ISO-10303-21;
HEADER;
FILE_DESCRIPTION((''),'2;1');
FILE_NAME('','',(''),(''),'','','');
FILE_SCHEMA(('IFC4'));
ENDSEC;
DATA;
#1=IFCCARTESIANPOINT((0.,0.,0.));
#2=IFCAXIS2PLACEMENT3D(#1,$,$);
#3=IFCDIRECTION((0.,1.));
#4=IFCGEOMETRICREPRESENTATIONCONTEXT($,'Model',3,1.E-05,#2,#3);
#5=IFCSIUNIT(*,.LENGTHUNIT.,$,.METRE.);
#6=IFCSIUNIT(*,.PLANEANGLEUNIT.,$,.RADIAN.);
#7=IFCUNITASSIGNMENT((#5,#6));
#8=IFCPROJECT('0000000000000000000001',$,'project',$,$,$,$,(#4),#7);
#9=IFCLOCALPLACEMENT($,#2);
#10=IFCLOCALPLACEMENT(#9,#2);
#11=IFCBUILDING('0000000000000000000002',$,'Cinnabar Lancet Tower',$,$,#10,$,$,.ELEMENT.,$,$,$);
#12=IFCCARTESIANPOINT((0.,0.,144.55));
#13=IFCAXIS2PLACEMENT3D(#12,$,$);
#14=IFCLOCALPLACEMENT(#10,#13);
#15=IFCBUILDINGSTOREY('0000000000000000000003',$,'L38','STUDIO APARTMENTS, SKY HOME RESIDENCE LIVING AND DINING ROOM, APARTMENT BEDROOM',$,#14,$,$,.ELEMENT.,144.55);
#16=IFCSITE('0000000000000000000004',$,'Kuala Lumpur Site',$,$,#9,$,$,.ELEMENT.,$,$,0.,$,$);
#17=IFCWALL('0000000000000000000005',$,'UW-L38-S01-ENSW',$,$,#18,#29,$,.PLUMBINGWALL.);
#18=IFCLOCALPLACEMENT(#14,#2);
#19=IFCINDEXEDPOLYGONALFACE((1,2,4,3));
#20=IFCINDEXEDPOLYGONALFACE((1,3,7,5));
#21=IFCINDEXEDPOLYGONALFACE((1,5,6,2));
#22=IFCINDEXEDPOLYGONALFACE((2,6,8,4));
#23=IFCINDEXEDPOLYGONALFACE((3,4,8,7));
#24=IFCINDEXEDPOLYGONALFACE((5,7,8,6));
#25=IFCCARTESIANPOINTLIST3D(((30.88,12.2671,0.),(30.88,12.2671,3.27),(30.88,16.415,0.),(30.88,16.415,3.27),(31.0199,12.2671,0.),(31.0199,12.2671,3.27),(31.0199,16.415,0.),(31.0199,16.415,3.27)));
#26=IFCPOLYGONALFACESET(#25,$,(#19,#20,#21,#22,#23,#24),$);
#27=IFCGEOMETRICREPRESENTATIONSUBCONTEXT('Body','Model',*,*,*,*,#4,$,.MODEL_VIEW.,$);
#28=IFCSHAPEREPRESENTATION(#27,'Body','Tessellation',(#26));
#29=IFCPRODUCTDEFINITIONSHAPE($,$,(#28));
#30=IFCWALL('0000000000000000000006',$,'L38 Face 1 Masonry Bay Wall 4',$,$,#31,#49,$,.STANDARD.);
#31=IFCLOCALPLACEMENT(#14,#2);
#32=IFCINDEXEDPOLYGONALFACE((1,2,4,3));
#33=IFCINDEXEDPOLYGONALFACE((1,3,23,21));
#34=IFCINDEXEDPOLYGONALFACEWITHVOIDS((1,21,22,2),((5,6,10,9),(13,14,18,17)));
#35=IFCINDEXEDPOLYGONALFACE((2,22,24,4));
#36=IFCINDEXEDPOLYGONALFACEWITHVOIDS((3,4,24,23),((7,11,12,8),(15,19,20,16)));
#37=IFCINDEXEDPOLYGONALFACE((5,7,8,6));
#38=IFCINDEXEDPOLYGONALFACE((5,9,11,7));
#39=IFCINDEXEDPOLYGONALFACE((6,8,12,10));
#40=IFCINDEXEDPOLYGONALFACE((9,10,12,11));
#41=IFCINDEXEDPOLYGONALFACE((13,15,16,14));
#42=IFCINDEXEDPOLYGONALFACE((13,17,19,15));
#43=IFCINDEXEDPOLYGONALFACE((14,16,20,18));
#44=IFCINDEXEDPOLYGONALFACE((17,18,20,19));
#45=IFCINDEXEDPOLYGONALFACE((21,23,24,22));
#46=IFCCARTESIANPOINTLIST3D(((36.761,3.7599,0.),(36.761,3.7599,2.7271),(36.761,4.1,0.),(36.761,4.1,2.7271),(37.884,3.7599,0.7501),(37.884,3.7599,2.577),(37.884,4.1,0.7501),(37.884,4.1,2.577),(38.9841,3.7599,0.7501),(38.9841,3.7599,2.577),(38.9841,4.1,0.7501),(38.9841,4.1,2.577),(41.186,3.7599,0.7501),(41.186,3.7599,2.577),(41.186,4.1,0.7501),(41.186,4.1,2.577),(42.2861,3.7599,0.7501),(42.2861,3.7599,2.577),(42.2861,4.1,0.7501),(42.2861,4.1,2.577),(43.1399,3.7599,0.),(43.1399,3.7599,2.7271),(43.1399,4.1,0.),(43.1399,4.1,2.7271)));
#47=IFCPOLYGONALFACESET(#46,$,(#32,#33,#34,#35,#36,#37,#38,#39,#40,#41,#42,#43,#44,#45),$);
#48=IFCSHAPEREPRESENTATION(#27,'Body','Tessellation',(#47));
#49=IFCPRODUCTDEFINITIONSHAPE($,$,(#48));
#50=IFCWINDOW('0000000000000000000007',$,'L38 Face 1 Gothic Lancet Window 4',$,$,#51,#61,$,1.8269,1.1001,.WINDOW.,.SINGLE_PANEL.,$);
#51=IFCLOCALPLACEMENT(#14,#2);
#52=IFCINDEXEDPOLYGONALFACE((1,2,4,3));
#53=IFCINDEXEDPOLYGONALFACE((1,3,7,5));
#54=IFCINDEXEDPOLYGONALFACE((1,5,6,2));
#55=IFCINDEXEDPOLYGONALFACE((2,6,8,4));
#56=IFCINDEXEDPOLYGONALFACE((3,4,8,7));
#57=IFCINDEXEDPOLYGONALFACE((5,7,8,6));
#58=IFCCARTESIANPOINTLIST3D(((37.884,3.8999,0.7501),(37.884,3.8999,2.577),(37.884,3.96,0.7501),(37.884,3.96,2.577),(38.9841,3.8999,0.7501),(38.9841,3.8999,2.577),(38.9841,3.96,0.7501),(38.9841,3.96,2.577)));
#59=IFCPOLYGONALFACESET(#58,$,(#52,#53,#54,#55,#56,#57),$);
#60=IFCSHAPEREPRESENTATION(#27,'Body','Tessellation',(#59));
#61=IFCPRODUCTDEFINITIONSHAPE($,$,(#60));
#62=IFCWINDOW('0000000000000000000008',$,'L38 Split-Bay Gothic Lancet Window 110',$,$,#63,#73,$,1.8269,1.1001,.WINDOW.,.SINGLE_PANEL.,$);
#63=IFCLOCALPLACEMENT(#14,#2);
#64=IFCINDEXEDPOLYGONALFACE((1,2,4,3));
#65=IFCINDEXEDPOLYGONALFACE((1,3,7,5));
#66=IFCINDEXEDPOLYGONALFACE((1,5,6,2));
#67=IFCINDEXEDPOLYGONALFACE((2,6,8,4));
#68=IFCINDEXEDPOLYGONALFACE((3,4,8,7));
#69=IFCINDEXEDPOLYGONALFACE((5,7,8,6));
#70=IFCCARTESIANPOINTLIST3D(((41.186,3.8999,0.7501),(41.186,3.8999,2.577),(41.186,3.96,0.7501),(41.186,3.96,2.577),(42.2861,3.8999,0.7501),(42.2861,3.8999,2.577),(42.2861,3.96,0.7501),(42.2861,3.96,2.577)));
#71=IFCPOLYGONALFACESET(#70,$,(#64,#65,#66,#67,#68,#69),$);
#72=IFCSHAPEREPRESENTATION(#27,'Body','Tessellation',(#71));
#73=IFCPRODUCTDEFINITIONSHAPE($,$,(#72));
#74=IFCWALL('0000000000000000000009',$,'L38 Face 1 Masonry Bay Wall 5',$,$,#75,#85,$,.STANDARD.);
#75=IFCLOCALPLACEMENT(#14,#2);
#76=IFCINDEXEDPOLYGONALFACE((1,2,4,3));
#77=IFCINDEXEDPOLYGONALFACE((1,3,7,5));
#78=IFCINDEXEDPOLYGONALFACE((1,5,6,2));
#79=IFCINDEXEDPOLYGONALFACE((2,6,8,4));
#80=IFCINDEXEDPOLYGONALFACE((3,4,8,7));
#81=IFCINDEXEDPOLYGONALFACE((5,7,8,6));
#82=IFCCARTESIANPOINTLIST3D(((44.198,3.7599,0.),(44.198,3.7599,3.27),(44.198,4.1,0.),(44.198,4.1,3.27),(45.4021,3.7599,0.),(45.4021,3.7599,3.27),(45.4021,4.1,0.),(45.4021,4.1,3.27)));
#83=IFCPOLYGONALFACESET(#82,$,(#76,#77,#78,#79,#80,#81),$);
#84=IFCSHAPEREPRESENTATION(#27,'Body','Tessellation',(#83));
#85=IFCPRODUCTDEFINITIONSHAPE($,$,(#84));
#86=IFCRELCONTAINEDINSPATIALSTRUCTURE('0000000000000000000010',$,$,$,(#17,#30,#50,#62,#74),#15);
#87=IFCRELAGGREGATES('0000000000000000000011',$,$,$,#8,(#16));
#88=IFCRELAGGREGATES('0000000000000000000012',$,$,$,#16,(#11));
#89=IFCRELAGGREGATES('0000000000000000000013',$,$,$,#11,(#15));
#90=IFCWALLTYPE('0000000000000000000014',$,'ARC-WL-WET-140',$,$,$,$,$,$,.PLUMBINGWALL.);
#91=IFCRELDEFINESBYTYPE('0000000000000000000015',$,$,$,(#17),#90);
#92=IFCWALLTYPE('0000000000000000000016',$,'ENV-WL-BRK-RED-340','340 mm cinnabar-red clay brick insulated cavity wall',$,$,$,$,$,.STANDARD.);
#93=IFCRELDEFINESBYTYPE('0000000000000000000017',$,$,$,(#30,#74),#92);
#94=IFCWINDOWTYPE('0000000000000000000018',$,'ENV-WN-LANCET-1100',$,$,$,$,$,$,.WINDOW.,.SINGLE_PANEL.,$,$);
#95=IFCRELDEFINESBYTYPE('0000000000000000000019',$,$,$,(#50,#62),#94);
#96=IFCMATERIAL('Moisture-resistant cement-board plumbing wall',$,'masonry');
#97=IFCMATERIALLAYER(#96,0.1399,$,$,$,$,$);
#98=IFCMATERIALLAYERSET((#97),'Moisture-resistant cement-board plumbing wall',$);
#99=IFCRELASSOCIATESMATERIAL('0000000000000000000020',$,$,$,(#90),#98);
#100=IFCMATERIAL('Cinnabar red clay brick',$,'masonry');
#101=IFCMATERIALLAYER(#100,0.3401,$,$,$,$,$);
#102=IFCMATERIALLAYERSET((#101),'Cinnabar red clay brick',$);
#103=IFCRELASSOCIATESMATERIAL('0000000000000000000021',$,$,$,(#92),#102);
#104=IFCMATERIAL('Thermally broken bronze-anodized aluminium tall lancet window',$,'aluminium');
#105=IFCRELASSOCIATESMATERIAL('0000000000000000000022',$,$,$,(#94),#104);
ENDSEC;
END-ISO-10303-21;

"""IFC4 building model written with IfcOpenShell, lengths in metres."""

from ifc_helpers import new_model, si_unit, direction, frame, frame_2d, origin, place, context, subcontext, project, spatial, rectangle, extrude, material, layer, layer_set, type_object, element, fill, save


model = new_model("IFC4")

# Units and contexts
model_context = context("Model", 3, precision=1e-05, world=origin(), true_north=direction((0.0, 1.0)))
body_context = subcontext(model_context, "Body", "Model", "MODEL_VIEW")
ifc_project = project(units=[si_unit("LENGTHUNIT", "METRE"), si_unit("PLANEANGLEUNIT", "RADIAN")], contexts=[model_context])

# Site, building, storey
site_placement = place(None, origin())
site = spatial("IfcSite", under=ifc_project, at=site_placement, Name="Kuala Lumpur Site", CompositionType="ELEMENT", RefElevation=0.0)
building_placement = place(site_placement, origin())
building = spatial("IfcBuilding", under=site, at=building_placement, Name="Cinnabar Lancet Tower", CompositionType="ELEMENT")
storey_placement = place(building_placement, frame((0.0, 0.0, 144.55)))
storey = spatial("IfcBuildingStorey", under=building, at=storey_placement, Name="L38", Description="STUDIO APARTMENTS, SKY HOME RESIDENCE LIVING AND DINING ROOM, APARTMENT BEDROOM", CompositionType="ELEMENT", Elevation=144.55)

# Shared definitions
ifc_material_1 = material(Name="Moisture-resistant cement-board plumbing wall", Category="masonry")
ifc_layer_1 = layer(ifc_material_1, 0.1399)
ifc_layer_set_1 = layer_set([ifc_layer_1], Name="Moisture-resistant cement-board plumbing wall")
wall_type_1 = type_object("IfcWallType", Name="ARC-WL-WET-140", PredefinedType="PLUMBINGWALL", material=ifc_layer_set_1)

# Wall
wall_1_placement = place(storey_placement, frame((30.95, 12.2671, 0.0), z_axis=(0.0, 0.0, 1.0), x_axis=(0.0, 1.0, 0.0)))
element("IfcWall", 1, at=wall_1_placement, inside=storey, type_object=wall_type_1, Name="UW-L38-S01-ENSW", PredefinedType="PLUMBINGWALL", context=body_context, shape_type="SweptSolid", body=[
    extrude(rectangle(XDim=4.1479, YDim=0.1399, at=frame_2d((2.074, 0.0))), origin(), (0.0, 0.0, 1.0), 3.27),
])

# Wall, openings, windows
ifc_material_2 = material(Name="Cinnabar red clay brick", Category="masonry")
ifc_layer_2 = layer(ifc_material_2, 0.3401)
ifc_layer_set_2 = layer_set([ifc_layer_2], Name="Cinnabar red clay brick")
wall_type_2 = type_object("IfcWallType", Name="ENV-WL-BRK-RED-340", Description="340 mm cinnabar-red clay brick insulated cavity wall", PredefinedType="STANDARD", material=ifc_layer_set_2)
wall_2_placement = place(storey_placement, frame((36.761, 3.9299, 0.0), z_axis=(0.0, 0.0, 1.0), x_axis=(1.0, 0.0, 0.0)))
wall_2 = element("IfcWall", 2, at=wall_2_placement, inside=storey, type_object=wall_type_2, Name="L38 Face 1 Masonry Bay Wall 4", PredefinedType="STANDARD", context=body_context, shape_type="SweptSolid", body=[
    extrude(rectangle(XDim=6.3789, YDim=0.3401, at=frame_2d((3.1895, 0.0))), origin(), (0.0, 0.0, 1.0), 2.7271),
])
opening_1_placement = place(wall_2_placement, frame((1.123, 0.0, 0.75)))
opening_1 = element("IfcOpeningElement", 3, at=opening_1_placement, cuts=wall_2, PredefinedType="OPENING", context=body_context, shape_type="SweptSolid", body=[
    extrude(rectangle(XDim=1.1001, YDim=1.8269, at=frame_2d((0.55, 0.9136))), frame((0.0, 0.1799, 0.0), z_axis=(0.0, -1.0, 0.0), x_axis=(1.0, 0.0, 0.0)), (0.0, 0.0, 1.0), 0.3601),
])
opening_2_placement = place(wall_2_placement, frame((4.425, 0.0, 0.75)))
opening_2 = element("IfcOpeningElement", 4, at=opening_2_placement, cuts=wall_2, PredefinedType="OPENING", context=body_context, shape_type="SweptSolid", body=[
    extrude(rectangle(XDim=1.1001, YDim=1.8269, at=frame_2d((0.55, 0.9136))), frame((0.0, 0.1799, 0.0), z_axis=(0.0, -1.0, 0.0), x_axis=(1.0, 0.0, 0.0)), (0.0, 0.0, 1.0), 0.3601),
])
ifc_material_3 = material(Name="Thermally broken bronze-anodized aluminium tall lancet window", Category="aluminium")
window_type = type_object("IfcWindowType", Name="ENV-WN-LANCET-1100", PartitioningType="SINGLE_PANEL", PredefinedType="WINDOW", material=ifc_material_3)
window_1_placement = place(opening_1_placement, origin())
window_1 = element("IfcWindow", 5, at=window_1_placement, inside=storey, type_object=window_type, Name="L38 Face 1 Gothic Lancet Window 4", OverallHeight=1.8269, OverallWidth=1.1001, PartitioningType="SINGLE_PANEL", PredefinedType="WINDOW", context=body_context, shape_type="SweptSolid", body=[
    extrude(rectangle(XDim=1.1001, YDim=1.8269, at=frame_2d((0.55, 0.9136))), frame((0.0, 0.03, 0.0), z_axis=(0.0, -1.0, 0.0), x_axis=(1.0, 0.0, 0.0)), (0.0, 0.0, 1.0), 0.0601),
])
fill(opening_1, window_1)
window_2_placement = place(opening_2_placement, origin())
window_2 = element("IfcWindow", 6, at=window_2_placement, inside=storey, type_object=window_type, Name="L38 Split-Bay Gothic Lancet Window 110", OverallHeight=1.8269, OverallWidth=1.1001, PartitioningType="SINGLE_PANEL", PredefinedType="WINDOW", context=body_context, shape_type="SweptSolid", body=[
    extrude(rectangle(XDim=1.1001, YDim=1.8269, at=frame_2d((0.55, 0.9136))), frame((0.0, 0.03, 0.0), z_axis=(0.0, -1.0, 0.0), x_axis=(1.0, 0.0, 0.0)), (0.0, 0.0, 1.0), 0.0601),
])
fill(opening_2, window_2)

# Wall
wall_3_placement = place(storey_placement, frame((44.198, 3.9299, 0.0), z_axis=(0.0, 0.0, 1.0), x_axis=(1.0, 0.0, 0.0)))
element("IfcWall", 7, at=wall_3_placement, inside=storey, type_object=wall_type_2, Name="L38 Face 1 Masonry Bay Wall 5", PredefinedType="STANDARD", context=body_context, shape_type="SweptSolid", body=[
    extrude(rectangle(XDim=1.2041, YDim=0.3401, at=frame_2d((0.6021, 0.0))), origin(), (0.0, 0.0, 1.0), 3.27),
])

save(model, "model.ifc")
